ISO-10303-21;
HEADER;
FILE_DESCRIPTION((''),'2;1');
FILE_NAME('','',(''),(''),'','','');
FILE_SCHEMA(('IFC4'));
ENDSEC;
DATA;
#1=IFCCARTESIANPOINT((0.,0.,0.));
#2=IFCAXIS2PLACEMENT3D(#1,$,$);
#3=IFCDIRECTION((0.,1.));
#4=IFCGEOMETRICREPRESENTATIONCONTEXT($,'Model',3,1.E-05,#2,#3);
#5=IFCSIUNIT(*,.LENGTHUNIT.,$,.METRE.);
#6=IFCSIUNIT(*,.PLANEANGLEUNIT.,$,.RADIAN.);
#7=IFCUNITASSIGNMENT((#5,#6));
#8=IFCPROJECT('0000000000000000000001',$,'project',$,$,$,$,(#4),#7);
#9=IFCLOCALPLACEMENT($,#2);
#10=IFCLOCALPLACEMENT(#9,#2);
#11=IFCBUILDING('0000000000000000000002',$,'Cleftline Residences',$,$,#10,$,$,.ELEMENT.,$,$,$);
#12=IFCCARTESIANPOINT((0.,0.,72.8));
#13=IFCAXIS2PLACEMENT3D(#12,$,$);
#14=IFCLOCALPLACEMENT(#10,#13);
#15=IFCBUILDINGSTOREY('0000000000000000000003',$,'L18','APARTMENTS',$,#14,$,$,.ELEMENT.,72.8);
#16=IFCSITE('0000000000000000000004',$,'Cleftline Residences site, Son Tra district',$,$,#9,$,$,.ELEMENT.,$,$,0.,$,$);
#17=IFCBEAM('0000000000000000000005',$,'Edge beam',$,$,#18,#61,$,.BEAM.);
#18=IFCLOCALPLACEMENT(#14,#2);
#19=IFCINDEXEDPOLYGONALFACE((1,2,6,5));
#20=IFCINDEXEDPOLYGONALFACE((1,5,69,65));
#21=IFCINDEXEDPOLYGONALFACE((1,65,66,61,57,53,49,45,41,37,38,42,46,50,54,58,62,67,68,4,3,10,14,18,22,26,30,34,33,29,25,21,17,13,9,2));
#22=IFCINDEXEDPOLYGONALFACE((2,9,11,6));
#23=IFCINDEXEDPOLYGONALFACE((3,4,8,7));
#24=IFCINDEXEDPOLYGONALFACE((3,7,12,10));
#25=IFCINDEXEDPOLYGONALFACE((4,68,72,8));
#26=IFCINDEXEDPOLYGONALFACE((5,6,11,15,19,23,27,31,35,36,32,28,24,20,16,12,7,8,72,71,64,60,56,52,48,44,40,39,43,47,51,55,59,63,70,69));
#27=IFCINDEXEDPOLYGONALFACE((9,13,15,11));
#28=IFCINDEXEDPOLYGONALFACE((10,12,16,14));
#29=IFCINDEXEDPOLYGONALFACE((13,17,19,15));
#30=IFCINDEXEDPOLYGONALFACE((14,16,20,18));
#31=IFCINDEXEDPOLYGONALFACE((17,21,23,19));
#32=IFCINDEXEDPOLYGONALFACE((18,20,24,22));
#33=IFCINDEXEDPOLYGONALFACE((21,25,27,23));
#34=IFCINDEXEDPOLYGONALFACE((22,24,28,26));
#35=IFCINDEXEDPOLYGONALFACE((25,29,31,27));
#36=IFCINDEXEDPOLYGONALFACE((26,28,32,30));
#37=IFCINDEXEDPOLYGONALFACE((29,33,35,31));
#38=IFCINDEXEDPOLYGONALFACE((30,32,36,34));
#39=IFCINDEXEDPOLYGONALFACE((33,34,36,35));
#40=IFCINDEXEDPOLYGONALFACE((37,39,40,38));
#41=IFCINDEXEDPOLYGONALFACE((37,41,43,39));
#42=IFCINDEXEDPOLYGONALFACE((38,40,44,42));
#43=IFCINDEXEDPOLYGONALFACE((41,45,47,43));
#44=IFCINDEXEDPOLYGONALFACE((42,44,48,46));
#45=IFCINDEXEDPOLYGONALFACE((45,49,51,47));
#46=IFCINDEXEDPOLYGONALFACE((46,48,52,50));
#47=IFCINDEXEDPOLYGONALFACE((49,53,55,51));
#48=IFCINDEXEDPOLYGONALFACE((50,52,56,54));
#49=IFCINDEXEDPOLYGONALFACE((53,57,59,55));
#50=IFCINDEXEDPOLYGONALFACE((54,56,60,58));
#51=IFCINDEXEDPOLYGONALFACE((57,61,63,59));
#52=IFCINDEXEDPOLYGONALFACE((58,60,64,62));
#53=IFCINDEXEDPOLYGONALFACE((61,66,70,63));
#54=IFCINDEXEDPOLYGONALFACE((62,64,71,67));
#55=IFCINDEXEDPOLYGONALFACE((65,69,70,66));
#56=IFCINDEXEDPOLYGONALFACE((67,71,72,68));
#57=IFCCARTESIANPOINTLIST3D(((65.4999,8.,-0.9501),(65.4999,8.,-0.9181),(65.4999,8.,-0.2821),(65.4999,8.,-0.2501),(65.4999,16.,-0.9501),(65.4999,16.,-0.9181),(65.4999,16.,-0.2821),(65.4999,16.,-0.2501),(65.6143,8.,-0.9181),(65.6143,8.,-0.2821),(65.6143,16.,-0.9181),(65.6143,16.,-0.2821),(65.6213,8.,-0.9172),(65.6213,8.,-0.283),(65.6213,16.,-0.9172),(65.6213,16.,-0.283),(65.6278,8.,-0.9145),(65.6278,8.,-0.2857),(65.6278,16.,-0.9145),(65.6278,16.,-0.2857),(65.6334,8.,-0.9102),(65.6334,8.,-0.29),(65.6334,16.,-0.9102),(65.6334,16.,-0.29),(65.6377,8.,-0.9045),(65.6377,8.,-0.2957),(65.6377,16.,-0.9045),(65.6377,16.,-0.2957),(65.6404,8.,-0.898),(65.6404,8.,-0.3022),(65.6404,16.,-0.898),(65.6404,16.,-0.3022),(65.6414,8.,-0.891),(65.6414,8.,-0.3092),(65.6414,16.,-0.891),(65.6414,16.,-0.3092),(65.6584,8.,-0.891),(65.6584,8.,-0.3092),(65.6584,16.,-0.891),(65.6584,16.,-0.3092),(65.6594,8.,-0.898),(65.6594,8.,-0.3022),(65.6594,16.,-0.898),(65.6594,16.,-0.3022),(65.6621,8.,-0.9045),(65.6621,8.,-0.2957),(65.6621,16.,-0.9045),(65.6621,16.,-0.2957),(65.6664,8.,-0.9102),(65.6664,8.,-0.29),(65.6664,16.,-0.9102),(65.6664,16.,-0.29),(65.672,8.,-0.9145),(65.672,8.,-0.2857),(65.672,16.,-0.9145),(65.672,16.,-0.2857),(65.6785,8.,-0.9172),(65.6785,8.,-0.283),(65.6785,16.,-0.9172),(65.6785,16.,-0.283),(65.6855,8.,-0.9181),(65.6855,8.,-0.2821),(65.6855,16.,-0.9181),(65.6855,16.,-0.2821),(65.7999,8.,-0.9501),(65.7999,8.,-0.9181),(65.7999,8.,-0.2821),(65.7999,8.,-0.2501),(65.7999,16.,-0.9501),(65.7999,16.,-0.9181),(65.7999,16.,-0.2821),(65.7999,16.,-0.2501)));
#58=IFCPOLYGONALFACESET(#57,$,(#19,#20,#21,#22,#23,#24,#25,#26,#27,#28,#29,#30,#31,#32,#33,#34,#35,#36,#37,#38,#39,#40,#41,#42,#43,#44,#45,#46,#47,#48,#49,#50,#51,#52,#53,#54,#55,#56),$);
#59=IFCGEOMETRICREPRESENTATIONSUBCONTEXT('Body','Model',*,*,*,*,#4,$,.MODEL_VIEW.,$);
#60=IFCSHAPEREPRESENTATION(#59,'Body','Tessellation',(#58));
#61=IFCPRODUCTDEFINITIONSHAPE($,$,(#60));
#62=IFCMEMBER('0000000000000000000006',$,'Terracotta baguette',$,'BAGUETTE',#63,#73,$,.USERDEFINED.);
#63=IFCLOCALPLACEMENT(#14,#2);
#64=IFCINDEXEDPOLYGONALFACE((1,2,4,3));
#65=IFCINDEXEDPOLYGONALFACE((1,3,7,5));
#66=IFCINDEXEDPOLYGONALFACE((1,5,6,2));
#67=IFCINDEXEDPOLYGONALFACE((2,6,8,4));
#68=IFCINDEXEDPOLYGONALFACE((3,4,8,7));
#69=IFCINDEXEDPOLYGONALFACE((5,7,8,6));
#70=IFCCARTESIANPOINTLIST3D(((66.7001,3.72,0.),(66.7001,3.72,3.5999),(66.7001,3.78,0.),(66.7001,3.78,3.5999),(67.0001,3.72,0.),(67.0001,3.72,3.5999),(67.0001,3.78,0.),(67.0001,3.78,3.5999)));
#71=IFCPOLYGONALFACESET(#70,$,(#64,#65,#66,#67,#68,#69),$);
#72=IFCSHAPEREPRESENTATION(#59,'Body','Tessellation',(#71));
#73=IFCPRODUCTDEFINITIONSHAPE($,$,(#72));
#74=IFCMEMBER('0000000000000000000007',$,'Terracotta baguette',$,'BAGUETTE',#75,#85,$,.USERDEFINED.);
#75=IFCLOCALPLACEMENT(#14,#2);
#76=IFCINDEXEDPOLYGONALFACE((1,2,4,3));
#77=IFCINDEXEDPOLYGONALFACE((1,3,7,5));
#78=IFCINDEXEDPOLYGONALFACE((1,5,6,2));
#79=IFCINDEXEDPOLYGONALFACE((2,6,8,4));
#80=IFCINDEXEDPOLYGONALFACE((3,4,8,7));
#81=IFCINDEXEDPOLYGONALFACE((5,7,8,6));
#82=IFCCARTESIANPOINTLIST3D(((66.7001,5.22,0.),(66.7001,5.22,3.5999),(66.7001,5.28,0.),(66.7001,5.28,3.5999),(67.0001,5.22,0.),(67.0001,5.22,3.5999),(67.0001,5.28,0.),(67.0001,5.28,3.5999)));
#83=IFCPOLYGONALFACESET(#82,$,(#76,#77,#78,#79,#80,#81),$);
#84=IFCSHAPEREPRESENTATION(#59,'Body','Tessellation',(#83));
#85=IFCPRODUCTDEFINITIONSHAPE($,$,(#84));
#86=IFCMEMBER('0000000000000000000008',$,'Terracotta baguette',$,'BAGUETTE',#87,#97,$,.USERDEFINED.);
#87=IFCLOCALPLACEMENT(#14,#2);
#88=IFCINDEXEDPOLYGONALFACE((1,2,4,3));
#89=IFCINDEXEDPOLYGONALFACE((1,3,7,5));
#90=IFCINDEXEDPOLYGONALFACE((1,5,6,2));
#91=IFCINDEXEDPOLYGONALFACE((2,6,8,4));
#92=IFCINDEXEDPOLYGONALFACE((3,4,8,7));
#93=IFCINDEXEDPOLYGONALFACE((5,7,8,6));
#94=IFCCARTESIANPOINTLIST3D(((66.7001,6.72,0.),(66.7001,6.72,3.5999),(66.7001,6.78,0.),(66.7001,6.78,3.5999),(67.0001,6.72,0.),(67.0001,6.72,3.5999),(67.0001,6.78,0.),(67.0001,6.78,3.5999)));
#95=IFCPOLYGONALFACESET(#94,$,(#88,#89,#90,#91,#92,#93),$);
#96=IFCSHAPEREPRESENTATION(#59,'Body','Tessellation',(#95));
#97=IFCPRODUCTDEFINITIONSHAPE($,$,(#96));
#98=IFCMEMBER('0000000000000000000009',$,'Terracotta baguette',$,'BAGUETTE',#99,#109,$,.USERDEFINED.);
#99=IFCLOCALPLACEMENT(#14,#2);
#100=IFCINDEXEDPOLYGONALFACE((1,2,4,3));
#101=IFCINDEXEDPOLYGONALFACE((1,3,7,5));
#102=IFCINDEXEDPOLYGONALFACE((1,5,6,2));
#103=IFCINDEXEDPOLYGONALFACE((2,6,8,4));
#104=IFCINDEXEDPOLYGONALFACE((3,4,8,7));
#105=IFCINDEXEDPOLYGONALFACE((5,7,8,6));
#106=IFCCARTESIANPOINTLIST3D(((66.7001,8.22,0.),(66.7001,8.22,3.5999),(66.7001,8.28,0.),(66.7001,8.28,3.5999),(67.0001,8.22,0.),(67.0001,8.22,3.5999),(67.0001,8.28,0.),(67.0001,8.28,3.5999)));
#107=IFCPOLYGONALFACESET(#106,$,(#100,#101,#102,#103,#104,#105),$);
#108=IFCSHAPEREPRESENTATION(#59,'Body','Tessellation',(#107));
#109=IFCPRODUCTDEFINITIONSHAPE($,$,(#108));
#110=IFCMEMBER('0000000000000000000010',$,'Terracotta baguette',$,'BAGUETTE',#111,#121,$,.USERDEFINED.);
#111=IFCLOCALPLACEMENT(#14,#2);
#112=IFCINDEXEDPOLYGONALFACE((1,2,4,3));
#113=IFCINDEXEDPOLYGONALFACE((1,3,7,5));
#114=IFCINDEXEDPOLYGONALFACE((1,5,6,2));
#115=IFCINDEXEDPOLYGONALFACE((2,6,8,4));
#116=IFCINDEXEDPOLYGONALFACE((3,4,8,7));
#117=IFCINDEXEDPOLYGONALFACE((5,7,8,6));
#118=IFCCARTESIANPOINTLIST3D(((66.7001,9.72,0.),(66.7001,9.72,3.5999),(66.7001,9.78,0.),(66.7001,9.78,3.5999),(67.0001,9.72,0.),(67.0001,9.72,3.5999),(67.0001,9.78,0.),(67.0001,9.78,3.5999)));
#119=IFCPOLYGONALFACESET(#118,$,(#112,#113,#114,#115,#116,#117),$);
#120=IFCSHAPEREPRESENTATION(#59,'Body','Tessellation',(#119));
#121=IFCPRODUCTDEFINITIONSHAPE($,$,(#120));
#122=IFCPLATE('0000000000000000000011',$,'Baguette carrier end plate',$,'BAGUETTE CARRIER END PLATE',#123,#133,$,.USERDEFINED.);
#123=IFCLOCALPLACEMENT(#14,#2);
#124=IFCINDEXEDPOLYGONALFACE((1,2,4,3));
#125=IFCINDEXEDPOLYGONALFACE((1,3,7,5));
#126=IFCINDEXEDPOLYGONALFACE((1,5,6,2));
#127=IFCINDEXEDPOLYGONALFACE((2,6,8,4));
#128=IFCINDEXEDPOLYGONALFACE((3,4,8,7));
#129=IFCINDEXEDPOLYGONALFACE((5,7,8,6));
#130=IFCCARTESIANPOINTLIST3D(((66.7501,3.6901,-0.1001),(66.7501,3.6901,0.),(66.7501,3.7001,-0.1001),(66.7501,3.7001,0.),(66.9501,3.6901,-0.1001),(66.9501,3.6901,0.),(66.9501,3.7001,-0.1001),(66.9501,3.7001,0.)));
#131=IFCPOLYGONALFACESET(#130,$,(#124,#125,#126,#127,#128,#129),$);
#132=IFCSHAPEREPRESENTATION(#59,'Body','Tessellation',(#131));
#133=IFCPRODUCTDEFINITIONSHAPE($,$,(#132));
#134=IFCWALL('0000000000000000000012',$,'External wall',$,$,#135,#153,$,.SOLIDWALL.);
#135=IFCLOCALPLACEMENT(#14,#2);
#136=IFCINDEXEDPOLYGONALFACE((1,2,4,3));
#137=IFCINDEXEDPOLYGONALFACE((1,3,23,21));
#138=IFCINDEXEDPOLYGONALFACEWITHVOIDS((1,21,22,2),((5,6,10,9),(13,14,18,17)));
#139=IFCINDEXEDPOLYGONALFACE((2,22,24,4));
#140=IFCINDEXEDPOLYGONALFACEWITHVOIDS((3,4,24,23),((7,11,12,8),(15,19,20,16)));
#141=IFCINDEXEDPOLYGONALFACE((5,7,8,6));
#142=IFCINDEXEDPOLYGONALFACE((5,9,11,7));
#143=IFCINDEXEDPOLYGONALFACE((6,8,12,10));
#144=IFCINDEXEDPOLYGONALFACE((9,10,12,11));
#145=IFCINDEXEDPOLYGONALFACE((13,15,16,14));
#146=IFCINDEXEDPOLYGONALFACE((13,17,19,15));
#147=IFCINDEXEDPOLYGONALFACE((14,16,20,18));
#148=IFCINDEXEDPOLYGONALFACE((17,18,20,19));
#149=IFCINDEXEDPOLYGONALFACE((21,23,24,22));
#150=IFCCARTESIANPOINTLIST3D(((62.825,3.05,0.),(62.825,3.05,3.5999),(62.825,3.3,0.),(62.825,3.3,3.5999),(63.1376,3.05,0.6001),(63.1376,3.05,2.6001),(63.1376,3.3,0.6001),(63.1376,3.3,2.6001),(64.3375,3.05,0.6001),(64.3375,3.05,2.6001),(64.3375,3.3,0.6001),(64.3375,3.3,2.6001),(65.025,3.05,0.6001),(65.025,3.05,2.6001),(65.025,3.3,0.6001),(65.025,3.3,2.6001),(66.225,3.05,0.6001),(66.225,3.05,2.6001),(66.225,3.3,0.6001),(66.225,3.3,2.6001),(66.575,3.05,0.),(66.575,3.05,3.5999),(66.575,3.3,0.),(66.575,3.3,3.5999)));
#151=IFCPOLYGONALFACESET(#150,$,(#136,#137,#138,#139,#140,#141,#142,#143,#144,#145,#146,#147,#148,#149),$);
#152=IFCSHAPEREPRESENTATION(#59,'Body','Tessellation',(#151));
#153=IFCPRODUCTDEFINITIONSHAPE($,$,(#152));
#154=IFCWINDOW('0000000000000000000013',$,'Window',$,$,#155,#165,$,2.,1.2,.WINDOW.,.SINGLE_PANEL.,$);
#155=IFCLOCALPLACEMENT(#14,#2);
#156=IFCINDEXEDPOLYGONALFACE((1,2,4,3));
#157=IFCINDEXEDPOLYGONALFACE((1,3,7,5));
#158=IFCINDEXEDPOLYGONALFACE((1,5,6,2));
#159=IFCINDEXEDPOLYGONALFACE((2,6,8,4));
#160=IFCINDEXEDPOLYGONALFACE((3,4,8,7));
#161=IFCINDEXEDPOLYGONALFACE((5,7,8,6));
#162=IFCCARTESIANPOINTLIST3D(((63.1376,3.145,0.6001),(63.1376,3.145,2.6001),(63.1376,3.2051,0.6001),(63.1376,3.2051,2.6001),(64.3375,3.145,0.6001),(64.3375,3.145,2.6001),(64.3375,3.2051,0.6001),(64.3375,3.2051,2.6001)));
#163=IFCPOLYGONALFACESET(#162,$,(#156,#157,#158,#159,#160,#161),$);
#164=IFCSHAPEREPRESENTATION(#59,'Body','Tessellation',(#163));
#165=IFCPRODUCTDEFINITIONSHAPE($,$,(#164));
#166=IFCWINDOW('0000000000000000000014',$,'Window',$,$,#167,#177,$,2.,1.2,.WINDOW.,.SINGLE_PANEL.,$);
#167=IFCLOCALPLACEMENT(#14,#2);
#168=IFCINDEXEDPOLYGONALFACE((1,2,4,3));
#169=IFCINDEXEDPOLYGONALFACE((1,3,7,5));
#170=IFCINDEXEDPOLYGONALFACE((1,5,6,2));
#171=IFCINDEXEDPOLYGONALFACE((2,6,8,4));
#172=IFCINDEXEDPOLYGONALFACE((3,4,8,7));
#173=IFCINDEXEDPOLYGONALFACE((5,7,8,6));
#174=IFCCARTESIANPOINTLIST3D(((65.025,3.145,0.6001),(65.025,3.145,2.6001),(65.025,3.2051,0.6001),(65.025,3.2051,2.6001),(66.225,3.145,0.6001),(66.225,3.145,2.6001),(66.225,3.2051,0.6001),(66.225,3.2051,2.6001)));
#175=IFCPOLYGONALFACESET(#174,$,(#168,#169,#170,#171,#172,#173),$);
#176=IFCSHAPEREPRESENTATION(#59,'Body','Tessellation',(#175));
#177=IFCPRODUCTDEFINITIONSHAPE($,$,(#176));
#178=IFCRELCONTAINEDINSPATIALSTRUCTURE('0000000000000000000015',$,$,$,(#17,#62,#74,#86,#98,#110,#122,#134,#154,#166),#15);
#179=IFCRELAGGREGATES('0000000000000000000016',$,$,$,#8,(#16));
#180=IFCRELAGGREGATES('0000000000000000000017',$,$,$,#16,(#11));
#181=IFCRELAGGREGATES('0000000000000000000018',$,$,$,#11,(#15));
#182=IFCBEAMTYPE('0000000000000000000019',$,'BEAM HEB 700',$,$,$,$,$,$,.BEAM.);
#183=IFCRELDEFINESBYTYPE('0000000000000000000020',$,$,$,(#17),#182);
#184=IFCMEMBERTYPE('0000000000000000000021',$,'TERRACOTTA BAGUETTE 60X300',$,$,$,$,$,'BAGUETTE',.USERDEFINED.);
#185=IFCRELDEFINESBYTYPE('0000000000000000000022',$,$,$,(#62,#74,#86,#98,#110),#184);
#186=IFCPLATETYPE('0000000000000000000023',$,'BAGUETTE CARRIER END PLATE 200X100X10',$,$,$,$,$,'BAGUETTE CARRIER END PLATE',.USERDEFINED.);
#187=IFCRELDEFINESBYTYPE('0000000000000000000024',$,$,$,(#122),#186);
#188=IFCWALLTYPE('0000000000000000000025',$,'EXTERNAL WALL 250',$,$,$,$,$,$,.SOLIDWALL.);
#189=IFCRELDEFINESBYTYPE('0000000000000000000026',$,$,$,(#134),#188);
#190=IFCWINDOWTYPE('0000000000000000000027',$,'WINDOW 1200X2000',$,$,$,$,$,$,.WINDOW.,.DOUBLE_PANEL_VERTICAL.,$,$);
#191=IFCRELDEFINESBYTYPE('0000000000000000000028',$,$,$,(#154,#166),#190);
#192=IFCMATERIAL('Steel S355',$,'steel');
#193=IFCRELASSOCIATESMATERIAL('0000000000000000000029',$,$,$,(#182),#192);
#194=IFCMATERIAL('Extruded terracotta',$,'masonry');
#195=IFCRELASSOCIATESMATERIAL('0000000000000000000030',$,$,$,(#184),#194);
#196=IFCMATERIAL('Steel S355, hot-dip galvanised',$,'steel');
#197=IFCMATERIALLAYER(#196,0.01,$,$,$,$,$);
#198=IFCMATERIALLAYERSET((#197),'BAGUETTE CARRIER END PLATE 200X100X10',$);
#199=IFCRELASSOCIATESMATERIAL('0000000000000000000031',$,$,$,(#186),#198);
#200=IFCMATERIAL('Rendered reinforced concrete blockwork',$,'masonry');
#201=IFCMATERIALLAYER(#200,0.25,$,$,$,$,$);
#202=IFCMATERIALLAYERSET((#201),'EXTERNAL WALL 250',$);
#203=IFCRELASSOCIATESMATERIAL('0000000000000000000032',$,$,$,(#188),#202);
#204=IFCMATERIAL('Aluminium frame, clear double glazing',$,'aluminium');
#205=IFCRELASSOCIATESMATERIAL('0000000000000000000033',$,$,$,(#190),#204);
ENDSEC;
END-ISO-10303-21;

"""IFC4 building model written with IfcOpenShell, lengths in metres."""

from ifc_helpers import new_model, si_unit, direction, frame, frame_2d, origin, origin_2d, place, context, subcontext, project, spatial, rectangle, i_section, extrude, material, layer, layer_set, material_profile, profile_set, type_object, element, fill, save


model = new_model("IFC4")

# Units and contexts
model_context = context("Model", 3, precision=1e-05, world=origin(), true_north=direction((0.0, 1.0)))
body_context = subcontext(model_context, "Body", "Model", "MODEL_VIEW")
ifc_project = project(units=[si_unit("LENGTHUNIT", "METRE"), si_unit("PLANEANGLEUNIT", "RADIAN")], contexts=[model_context])

# Site, building, storey
site_placement = place(None, origin())
site = spatial("IfcSite", under=ifc_project, at=site_placement, Name="Cleftline Residences site, Son Tra district", CompositionType="ELEMENT", RefElevation=0.0)
building_placement = place(site_placement, origin())
building = spatial("IfcBuilding", under=site, at=building_placement, Name="Cleftline Residences", CompositionType="ELEMENT")
storey_placement = place(building_placement, frame((0.0, 0.0, 72.8)))
storey = spatial("IfcBuildingStorey", under=building, at=storey_placement, Name="L18", Description="APARTMENTS", CompositionType="ELEMENT", Elevation=72.8)

# Beam
ifc_material_1 = material(Name="Steel S355", Category="steel")
ifc_material_profile_1 = material_profile(ifc_material_1, i_section(OverallWidth=0.3, OverallDepth=0.7, WebThickness=0.0171, FlangeThickness=0.032, FilletRadius=0.0271, at=origin_2d()))
ifc_profile_set_1 = profile_set([ifc_material_profile_1], Name="Steel S355")
beam_type = type_object("IfcBeamType", Name="BEAM HEB 700", PredefinedType="BEAM", material=ifc_profile_set_1)
beam_placement = place(storey_placement, frame((65.6499, 8.0, -0.6001), z_axis=(0.0, 1.0, 0.0), x_axis=(-1.0, 0.0, 0.0)))
element("IfcBeam", 1, at=beam_placement, inside=storey, type_object=beam_type, Name="Edge beam", PredefinedType="BEAM", context=body_context, shape_type="SweptSolid", body=[
    extrude(i_section(OverallWidth=0.3, OverallDepth=0.7, WebThickness=0.0171, FlangeThickness=0.032, FilletRadius=0.0271, at=origin_2d()), origin(), (0.0, 0.0, 1.0), 8.0),
])

# Members
ifc_material_2 = material(Name="Extruded terracotta", Category="masonry")
ifc_material_profile_2 = material_profile(ifc_material_2, rectangle(XDim=0.0601, YDim=0.3, at=origin_2d()))
ifc_profile_set_2 = profile_set([ifc_material_profile_2], Name="Extruded terracotta")
member_type_1 = type_object("IfcMemberType", Name="TERRACOTTA BAGUETTE 60X300", ElementType="BAGUETTE", PredefinedType="USERDEFINED", material=ifc_profile_set_2)
for number, where, z_axis, x_axis, name in (
    (2, (66.8501, 3.75, 0.0), (0.0, 0.0, 1.0), (0.0, 1.0, 0.0), "Terracotta baguette"),
    (3, (66.8501, 5.25, 0.0), (0.0, 0.0, 1.0), (0.0, 1.0, 0.0), "Terracotta baguette"),
    (4, (66.8501, 6.75, 0.0), (0.0, 0.0, 1.0), (0.0, 1.0, 0.0), "Terracotta baguette"),
    (5, (66.8501, 8.25, 0.0), (0.0, 0.0, 1.0), (0.0, 1.0, 0.0), "Terracotta baguette"),
    (6, (66.8501, 9.75, 0.0), (0.0, 0.0, 1.0), (0.0, 1.0, 0.0), "Terracotta baguette"),
):
    element("IfcMember", number, at=place(storey_placement, frame(where, z_axis=z_axis, x_axis=x_axis)), inside=storey, type_object=member_type_1, Name=name, ObjectType="BAGUETTE", PredefinedType="USERDEFINED", context=body_context, shape_type="SweptSolid", body=[
        extrude(rectangle(XDim=0.0601, YDim=0.3, at=origin_2d()), origin(), (0.0, 0.0, 1.0), 3.5999),
    ])

# Plate
ifc_material_3 = material(Name="Steel S355, hot-dip galvanised", Category="steel")
ifc_layer_1 = layer(ifc_material_3, 0.01)
ifc_layer_set_1 = layer_set([ifc_layer_1], Name="BAGUETTE CARRIER END PLATE 200X100X10")
plate_type = type_object("IfcPlateType", Name="BAGUETTE CARRIER END PLATE 200X100X10", ElementType="BAGUETTE CARRIER END PLATE", PredefinedType="USERDEFINED", material=ifc_layer_set_1)
plate_placement = place(storey_placement, frame((66.8501, 3.6951, -0.1001), z_axis=(0.0, 0.0, 1.0), x_axis=(1.0, 0.0, 0.0)))
element("IfcPlate", 7, at=plate_placement, inside=storey, type_object=plate_type, Name="Baguette carrier end plate", ObjectType="BAGUETTE CARRIER END PLATE", PredefinedType="USERDEFINED", context=body_context, shape_type="SweptSolid", body=[
    extrude(rectangle(XDim=0.2, YDim=0.01, at=origin_2d()), origin(), (0.0, 0.0, 1.0), 0.1001),
])

# Wall, openings, windows
ifc_material_4 = material(Name="Rendered reinforced concrete blockwork", Category="masonry")
ifc_layer_2 = layer(ifc_material_4, 0.25)
ifc_layer_set_2 = layer_set([ifc_layer_2], Name="EXTERNAL WALL 250")
wall_type_1 = type_object("IfcWallType", Name="EXTERNAL WALL 250", PredefinedType="SOLIDWALL", material=ifc_layer_set_2)
wall_1_placement = place(storey_placement, frame((62.825, 3.175, 0.0), z_axis=(0.0, 0.0, 1.0), x_axis=(1.0, 0.0, 0.0)))
wall_1 = element("IfcWall", 8, at=wall_1_placement, inside=storey, type_object=wall_type_1, Name="External wall", PredefinedType="SOLIDWALL", context=body_context, shape_type="SweptSolid", body=[
    extrude(rectangle(XDim=3.75, YDim=0.25, at=frame_2d((1.875, 0.0))), origin(), (0.0, 0.0, 1.0), 3.5999),
])
opening_1_placement = place(wall_1_placement, frame((0.3125, 0.0, 0.6001)))
opening_1 = element("IfcOpeningElement", 9, at=opening_1_placement, cuts=wall_1, PredefinedType="OPENING", context=body_context, shape_type="SweptSolid", body=[
    extrude(rectangle(XDim=1.2, YDim=2.0, at=frame_2d((0.6001, 1.0))), frame((0.0, 0.135, 0.0), z_axis=(0.0, -1.0, 0.0), x_axis=(1.0, 0.0, 0.0)), (0.0, 0.0, 1.0), 0.27),
])
opening_2_placement = place(wall_1_placement, frame((2.2, 0.0, 0.6001)))
opening_2 = element("IfcOpeningElement", 10, at=opening_2_placement, cuts=wall_1, PredefinedType="OPENING", context=body_context, shape_type="SweptSolid", body=[
    extrude(rectangle(XDim=1.2, YDim=2.0, at=frame_2d((0.6001, 1.0))), frame((0.0, 0.135, 0.0), z_axis=(0.0, -1.0, 0.0), x_axis=(1.0, 0.0, 0.0)), (0.0, 0.0, 1.0), 0.27),
])
ifc_material_5 = material(Name="Aluminium frame, clear double glazing", Category="aluminium")
window_type_1 = type_object("IfcWindowType", Name="WINDOW 1200X2000", PartitioningType="DOUBLE_PANEL_VERTICAL", PredefinedType="WINDOW", material=ifc_material_5)
window_1_placement = place(opening_1_placement, origin())
window_1 = element("IfcWindow", 11, at=window_1_placement, inside=storey, type_object=window_type_1, Name="Window", OverallHeight=2.0, OverallWidth=1.2, PartitioningType="SINGLE_PANEL", PredefinedType="WINDOW", context=body_context, shape_type="SweptSolid", body=[
    extrude(rectangle(XDim=1.2, YDim=2.0, at=frame_2d((0.6001, 1.0))), frame((0.0, 0.03, 0.0), z_axis=(0.0, -1.0, 0.0), x_axis=(1.0, 0.0, 0.0)), (0.0, 0.0, 1.0), 0.0601),
])
fill(opening_1, window_1)
window_2_placement = place(opening_2_placement, origin())
window_2 = element("IfcWindow", 12, at=window_2_placement, inside=storey, type_object=window_type_1, Name="Window", OverallHeight=2.0, OverallWidth=1.2, PartitioningType="SINGLE_PANEL", PredefinedType="WINDOW", context=body_context, shape_type="SweptSolid", body=[
    extrude(rectangle(XDim=1.2, YDim=2.0, at=frame_2d((0.6001, 1.0))), frame((0.0, 0.03, 0.0), z_axis=(0.0, -1.0, 0.0), x_axis=(1.0, 0.0, 0.0)), (0.0, 0.0, 1.0), 0.0601),
])
fill(opening_2, window_2)

save(model, "model.ifc")
